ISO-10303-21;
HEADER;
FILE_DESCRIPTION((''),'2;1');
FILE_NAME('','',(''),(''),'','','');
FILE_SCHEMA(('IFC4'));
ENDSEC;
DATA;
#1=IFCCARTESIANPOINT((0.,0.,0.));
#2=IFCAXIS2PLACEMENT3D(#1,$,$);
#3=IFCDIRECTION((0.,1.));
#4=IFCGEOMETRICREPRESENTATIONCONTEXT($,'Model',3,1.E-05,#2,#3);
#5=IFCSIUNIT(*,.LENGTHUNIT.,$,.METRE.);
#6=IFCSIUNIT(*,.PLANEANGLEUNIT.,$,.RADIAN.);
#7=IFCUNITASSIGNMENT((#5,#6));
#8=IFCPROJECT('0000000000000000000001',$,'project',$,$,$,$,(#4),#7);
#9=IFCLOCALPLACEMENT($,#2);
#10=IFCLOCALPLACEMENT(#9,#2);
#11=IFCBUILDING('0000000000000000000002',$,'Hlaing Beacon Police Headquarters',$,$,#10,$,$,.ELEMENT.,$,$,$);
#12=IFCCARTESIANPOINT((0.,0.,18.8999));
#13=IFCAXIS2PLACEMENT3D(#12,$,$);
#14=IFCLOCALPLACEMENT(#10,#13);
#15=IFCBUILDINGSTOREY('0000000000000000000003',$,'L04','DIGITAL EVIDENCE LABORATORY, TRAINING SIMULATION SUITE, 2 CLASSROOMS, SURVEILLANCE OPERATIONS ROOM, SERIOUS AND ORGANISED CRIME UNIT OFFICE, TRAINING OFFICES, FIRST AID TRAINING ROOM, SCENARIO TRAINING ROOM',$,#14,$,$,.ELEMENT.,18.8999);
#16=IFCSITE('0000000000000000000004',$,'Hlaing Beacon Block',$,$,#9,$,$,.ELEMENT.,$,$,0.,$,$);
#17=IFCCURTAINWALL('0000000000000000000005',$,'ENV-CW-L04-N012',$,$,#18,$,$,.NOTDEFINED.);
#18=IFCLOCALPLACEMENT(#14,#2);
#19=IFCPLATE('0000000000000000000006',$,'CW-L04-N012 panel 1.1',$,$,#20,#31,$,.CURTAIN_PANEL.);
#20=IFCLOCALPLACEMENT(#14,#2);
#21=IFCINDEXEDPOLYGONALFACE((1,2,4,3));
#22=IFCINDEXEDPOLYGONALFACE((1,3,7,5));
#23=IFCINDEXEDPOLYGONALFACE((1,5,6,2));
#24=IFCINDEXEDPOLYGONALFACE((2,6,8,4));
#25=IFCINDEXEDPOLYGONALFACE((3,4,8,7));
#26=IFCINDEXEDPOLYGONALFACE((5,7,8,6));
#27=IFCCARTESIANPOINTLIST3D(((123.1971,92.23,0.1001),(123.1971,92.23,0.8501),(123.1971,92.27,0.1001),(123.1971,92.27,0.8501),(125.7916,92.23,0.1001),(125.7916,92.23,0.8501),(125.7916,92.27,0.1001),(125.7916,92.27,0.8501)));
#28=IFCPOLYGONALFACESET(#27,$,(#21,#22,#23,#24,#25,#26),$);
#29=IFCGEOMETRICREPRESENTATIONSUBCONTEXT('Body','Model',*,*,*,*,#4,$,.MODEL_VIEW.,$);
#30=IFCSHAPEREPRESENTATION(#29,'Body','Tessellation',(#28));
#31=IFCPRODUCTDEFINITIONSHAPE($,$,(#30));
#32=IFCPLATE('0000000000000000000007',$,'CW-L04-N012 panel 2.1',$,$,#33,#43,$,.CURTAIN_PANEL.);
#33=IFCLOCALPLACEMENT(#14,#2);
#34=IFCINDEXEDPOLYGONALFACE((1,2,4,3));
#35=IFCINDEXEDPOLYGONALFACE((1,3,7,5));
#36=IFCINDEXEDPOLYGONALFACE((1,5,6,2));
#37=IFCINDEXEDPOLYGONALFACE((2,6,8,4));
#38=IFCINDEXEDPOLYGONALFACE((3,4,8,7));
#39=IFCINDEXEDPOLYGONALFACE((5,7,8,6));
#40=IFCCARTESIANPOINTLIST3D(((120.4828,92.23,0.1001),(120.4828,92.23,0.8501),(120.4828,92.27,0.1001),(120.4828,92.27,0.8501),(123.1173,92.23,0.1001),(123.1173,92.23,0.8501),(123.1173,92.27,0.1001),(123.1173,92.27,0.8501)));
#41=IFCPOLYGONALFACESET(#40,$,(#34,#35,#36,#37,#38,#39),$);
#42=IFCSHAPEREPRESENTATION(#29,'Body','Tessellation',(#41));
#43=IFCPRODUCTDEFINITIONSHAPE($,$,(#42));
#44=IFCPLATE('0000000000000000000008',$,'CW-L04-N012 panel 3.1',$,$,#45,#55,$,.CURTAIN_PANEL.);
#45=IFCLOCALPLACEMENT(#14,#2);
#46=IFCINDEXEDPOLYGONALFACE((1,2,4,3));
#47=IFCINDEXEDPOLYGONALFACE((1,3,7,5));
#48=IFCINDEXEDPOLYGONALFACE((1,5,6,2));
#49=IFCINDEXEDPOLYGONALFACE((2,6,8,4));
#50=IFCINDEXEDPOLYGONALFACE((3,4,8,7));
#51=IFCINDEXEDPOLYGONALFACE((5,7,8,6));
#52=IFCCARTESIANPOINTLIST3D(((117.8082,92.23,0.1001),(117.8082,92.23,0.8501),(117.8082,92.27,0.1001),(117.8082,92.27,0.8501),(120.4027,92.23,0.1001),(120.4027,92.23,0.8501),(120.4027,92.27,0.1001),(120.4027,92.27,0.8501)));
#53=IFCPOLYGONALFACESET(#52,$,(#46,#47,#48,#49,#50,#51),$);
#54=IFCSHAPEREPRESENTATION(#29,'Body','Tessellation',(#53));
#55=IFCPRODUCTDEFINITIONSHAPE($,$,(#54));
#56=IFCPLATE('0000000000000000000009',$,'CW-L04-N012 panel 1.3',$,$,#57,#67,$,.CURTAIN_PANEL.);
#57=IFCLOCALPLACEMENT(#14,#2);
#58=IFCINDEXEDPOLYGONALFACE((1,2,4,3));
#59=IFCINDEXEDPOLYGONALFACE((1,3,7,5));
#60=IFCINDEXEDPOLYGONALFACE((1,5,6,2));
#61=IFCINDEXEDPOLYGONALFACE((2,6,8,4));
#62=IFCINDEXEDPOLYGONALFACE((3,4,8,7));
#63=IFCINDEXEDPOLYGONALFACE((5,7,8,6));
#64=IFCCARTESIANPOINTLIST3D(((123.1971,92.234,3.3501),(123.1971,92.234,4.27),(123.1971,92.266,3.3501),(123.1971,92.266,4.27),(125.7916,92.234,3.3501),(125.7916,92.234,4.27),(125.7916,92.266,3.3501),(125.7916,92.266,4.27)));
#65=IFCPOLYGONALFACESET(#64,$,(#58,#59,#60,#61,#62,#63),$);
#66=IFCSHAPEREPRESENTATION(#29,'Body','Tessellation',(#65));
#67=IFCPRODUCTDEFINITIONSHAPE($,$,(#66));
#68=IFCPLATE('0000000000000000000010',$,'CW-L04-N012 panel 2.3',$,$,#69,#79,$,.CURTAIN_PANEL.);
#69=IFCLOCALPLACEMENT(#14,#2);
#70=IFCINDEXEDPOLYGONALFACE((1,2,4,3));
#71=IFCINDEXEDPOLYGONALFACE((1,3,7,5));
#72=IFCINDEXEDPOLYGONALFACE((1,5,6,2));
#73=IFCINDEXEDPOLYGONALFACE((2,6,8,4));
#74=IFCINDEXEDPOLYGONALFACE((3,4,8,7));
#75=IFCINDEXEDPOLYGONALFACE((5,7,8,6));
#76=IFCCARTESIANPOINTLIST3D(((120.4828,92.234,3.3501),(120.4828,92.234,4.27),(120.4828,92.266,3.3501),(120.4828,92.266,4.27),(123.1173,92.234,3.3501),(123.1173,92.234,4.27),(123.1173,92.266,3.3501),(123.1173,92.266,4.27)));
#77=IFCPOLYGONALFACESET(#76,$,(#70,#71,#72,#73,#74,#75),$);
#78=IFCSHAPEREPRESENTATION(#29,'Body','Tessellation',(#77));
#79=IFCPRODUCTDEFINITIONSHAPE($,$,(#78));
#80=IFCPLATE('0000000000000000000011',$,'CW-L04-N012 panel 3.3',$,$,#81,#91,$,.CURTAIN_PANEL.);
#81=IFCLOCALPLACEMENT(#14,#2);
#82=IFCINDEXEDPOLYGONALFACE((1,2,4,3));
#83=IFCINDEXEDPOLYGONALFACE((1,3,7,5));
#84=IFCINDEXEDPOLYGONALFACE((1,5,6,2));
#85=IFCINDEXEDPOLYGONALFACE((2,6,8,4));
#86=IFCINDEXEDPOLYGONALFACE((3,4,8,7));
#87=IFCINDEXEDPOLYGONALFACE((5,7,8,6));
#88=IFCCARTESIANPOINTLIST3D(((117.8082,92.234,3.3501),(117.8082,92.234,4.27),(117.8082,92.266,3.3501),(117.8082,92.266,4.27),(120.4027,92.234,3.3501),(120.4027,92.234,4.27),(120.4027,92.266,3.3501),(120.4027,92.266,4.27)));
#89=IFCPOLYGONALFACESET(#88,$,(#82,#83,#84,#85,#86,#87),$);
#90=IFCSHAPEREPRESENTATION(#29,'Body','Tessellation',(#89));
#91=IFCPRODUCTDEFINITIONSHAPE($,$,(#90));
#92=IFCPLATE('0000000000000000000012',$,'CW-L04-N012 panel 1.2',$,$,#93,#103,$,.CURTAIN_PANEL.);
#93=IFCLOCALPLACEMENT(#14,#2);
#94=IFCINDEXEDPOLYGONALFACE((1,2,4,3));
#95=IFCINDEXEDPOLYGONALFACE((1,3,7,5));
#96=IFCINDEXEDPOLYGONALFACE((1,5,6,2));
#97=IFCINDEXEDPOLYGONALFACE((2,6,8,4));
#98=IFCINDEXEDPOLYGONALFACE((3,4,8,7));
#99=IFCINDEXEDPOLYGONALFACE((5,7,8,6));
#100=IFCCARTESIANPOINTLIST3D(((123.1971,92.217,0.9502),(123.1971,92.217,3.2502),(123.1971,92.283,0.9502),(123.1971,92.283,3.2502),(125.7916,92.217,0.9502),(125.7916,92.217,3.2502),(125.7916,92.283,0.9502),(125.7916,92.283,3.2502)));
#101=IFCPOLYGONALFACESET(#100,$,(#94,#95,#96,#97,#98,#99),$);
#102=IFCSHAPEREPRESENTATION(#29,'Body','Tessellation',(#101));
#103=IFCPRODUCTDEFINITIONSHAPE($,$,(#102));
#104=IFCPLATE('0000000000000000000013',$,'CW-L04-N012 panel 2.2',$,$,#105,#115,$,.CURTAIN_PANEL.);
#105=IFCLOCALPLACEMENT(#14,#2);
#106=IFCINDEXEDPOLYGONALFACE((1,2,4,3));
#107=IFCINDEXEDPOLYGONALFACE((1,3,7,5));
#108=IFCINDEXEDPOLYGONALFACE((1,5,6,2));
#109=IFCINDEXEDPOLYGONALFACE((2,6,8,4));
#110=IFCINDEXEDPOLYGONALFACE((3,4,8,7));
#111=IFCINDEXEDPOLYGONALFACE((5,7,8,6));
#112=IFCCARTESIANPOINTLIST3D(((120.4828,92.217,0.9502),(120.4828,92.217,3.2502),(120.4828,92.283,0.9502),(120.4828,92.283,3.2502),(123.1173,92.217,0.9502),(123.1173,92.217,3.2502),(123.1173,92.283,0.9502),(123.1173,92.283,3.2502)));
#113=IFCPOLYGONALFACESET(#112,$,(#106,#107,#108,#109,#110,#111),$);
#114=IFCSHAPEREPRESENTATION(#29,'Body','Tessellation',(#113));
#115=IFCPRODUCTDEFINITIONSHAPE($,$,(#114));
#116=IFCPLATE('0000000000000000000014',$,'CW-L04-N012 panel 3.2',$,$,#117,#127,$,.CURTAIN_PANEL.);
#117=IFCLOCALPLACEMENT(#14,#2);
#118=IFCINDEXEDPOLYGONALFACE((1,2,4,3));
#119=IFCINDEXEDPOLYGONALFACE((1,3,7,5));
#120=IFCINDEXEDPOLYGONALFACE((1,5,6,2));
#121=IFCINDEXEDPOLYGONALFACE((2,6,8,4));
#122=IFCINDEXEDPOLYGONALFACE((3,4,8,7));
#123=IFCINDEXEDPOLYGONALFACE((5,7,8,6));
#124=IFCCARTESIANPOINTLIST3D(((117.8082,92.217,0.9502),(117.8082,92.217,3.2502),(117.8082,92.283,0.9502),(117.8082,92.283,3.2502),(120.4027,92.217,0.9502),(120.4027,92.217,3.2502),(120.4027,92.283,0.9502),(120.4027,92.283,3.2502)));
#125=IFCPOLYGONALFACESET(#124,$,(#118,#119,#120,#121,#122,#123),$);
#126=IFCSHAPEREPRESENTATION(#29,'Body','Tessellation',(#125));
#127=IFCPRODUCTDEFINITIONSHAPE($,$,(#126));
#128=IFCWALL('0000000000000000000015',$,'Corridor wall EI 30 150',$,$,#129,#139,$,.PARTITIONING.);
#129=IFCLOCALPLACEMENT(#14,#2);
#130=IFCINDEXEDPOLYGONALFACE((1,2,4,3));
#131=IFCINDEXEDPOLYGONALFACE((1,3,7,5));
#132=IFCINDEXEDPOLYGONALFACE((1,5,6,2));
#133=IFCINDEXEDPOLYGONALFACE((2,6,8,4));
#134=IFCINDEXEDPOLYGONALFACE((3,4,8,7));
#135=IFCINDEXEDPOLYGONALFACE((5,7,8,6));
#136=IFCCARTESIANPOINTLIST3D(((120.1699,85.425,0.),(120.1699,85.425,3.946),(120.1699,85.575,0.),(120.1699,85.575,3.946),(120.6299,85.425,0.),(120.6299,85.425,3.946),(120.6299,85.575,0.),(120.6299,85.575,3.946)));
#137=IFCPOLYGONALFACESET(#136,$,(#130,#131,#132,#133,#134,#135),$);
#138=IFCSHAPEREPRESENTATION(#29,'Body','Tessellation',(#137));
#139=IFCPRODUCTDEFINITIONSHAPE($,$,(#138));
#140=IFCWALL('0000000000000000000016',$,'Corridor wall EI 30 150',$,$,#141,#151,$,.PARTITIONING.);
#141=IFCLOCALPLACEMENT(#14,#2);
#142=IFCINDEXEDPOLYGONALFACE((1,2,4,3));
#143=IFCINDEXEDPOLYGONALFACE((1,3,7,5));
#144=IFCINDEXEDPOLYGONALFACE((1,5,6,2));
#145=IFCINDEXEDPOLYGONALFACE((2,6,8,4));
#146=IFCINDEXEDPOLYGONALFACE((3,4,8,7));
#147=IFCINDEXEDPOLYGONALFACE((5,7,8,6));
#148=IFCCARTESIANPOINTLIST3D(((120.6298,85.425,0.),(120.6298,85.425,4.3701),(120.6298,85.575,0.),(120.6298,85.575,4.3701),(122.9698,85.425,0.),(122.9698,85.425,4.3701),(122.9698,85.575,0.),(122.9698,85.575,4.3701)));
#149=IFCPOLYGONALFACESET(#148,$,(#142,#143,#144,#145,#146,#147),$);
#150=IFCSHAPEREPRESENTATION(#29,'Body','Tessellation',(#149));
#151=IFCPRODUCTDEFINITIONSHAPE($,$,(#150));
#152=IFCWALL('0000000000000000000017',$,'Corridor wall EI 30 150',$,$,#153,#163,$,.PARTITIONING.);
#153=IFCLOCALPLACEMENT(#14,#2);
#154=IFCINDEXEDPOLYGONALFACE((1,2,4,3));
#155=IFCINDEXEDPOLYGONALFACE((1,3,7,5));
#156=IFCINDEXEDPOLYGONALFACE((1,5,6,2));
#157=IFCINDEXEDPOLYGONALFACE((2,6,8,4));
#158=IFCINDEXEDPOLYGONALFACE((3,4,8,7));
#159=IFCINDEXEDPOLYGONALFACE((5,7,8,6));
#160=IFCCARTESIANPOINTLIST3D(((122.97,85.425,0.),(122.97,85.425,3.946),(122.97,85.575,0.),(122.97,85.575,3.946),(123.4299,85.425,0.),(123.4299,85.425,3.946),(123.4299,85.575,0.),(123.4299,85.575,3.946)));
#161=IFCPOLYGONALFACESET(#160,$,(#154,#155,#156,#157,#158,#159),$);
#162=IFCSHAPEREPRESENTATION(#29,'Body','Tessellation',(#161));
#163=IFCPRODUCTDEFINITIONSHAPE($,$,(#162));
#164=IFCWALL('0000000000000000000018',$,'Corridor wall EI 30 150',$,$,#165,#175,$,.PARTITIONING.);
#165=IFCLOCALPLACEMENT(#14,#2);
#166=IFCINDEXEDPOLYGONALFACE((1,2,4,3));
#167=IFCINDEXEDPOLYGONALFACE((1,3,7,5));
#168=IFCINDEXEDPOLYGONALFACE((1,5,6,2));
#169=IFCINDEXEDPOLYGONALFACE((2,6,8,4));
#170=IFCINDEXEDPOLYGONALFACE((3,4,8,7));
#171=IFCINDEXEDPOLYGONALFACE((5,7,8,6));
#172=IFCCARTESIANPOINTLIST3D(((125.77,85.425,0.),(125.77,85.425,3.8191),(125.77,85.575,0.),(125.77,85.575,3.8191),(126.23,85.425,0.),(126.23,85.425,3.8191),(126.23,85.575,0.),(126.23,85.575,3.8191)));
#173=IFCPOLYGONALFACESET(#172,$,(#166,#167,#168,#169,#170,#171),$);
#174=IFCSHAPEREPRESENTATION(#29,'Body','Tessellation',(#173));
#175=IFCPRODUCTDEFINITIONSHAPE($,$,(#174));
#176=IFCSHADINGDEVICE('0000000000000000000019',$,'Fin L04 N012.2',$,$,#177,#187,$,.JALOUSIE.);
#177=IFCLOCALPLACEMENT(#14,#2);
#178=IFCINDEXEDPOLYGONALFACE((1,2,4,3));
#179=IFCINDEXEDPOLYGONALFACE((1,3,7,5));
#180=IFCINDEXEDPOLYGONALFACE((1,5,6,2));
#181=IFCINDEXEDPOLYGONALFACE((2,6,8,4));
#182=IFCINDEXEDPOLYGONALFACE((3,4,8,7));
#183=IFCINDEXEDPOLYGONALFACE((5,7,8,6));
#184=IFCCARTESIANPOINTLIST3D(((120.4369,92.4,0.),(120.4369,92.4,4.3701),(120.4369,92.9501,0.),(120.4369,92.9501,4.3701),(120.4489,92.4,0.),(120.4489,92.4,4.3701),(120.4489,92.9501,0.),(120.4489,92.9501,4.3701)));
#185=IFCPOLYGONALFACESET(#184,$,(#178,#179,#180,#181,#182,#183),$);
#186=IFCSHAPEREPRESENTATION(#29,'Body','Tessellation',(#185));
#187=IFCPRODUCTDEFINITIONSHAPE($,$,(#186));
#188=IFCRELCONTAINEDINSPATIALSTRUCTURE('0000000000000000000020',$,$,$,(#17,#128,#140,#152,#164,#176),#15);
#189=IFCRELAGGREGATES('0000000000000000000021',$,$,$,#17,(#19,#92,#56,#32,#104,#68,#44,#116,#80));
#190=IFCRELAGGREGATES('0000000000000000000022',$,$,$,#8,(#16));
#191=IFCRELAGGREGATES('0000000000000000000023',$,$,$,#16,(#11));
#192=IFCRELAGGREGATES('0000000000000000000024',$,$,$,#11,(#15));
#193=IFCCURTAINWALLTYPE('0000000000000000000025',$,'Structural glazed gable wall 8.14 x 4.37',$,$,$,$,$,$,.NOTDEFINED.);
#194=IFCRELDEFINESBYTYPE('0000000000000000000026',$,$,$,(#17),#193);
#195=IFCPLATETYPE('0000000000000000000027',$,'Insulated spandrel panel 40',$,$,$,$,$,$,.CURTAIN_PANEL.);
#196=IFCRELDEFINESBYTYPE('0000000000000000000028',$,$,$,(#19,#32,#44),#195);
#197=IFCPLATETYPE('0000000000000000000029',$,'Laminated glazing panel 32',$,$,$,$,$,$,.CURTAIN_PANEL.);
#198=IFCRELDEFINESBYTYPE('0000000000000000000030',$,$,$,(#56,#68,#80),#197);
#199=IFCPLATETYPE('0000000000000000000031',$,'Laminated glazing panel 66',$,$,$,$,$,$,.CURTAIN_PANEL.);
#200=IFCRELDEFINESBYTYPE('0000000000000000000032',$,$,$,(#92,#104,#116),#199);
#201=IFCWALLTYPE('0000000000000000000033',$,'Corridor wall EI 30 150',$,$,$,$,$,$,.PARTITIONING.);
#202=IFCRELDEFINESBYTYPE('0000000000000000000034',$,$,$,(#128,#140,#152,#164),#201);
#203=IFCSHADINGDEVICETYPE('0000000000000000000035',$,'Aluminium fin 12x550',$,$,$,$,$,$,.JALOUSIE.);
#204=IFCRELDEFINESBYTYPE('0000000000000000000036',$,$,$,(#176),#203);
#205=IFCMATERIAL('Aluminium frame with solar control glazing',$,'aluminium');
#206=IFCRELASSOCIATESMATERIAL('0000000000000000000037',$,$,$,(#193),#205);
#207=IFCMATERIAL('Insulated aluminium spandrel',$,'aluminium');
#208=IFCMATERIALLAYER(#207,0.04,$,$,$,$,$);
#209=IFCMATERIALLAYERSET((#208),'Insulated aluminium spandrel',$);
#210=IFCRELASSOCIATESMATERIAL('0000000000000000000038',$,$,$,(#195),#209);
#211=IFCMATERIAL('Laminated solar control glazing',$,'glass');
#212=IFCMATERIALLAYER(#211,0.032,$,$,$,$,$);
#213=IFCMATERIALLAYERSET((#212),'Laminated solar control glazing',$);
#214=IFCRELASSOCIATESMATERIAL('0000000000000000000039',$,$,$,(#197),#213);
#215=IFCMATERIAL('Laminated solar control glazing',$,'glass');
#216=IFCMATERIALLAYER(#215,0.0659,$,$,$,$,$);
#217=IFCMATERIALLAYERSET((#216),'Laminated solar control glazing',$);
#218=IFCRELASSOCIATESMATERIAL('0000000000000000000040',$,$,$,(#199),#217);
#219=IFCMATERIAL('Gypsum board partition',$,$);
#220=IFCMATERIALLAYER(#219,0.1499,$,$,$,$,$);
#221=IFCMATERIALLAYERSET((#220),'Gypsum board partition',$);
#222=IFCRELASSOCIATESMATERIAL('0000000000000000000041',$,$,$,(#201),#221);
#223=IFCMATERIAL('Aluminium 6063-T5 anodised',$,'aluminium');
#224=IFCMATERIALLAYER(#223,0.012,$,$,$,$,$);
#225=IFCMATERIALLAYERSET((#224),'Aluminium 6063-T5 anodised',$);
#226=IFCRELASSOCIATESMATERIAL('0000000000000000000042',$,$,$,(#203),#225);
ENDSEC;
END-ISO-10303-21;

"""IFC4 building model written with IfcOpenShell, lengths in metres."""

from ifc_helpers import new_model, si_unit, direction, frame, frame_2d, origin, origin_2d, place, context, subcontext, project, spatial, rectangle, extrude, material, layer, layer_set, type_object, element, aggregate, save


model = new_model("IFC4")

# Units and contexts
model_context = context("Model", 3, precision=1e-05, world=origin(), true_north=direction((0.0, 1.0)))
body_context = subcontext(model_context, "Body", "Model", "MODEL_VIEW")
ifc_project = project(units=[si_unit("LENGTHUNIT", "METRE"), si_unit("PLANEANGLEUNIT", "RADIAN")], contexts=[model_context])

# Site, building, storey
site_placement = place(None, origin())
site = spatial("IfcSite", under=ifc_project, at=site_placement, Name="Hlaing Beacon Block", CompositionType="ELEMENT", RefElevation=0.0)
building_placement = place(site_placement, origin())
building = spatial("IfcBuilding", under=site, at=building_placement, Name="Hlaing Beacon Police Headquarters", CompositionType="ELEMENT")
storey_placement = place(building_placement, frame((0.0, 0.0, 18.8999)))
storey = spatial("IfcBuildingStorey", under=building, at=storey_placement, Name="L04", Description="DIGITAL EVIDENCE LABORATORY, TRAINING SIMULATION SUITE, 2 CLASSROOMS, SURVEILLANCE OPERATIONS ROOM, SERIOUS AND ORGANISED CRIME UNIT OFFICE, TRAINING OFFICES, FIRST AID TRAINING ROOM, SCENARIO TRAINING ROOM", CompositionType="ELEMENT", Elevation=18.8999)

# Curtain wall, plates
ifc_material_1 = material(Name="Aluminium frame with solar control glazing", Category="aluminium")
curtain_wall_type = type_object("IfcCurtainWallType", Name="Structural glazed gable wall 8.14 x 4.37", PredefinedType="NOTDEFINED", material=ifc_material_1)
curtain_wall_placement = place(storey_placement, origin())
curtain_wall = element("IfcCurtainWall", 1, at=curtain_wall_placement, inside=storey, type_object=curtain_wall_type, Name="ENV-CW-L04-N012", PredefinedType="NOTDEFINED")
ifc_material_2 = material(Name="Insulated aluminium spandrel", Category="aluminium")
ifc_layer_1 = layer(ifc_material_2, 0.04)
ifc_layer_set_1 = layer_set([ifc_layer_1], Name="Insulated aluminium spandrel")
plate_type_1 = type_object("IfcPlateType", Name="Insulated spandrel panel 40", PredefinedType="CURTAIN_PANEL", material=ifc_layer_set_1)
plate_1_placement = place(storey_placement, frame((124.4944, 92.25, 0.1001), z_axis=(0.0, 0.0, 1.0), x_axis=(-1.0, 0.0, 0.0)))
plate_1 = element("IfcPlate", 2, at=plate_1_placement, type_object=plate_type_1, Name="CW-L04-N012 panel 1.1", PredefinedType="CURTAIN_PANEL", context=body_context, shape_type="SweptSolid", body=[
    extrude(rectangle(XDim=2.5945, YDim=0.04, at=origin_2d()), origin(), (0.0, 0.0, 1.0), 0.75),
])
plate_2_placement = place(storey_placement, frame((121.8, 92.25, 0.1001), z_axis=(0.0, 0.0, 1.0), x_axis=(-1.0, 0.0, 0.0)))
plate_2 = element("IfcPlate", 3, at=plate_2_placement, type_object=plate_type_1, Name="CW-L04-N012 panel 2.1", PredefinedType="CURTAIN_PANEL", context=body_context, shape_type="SweptSolid", body=[
    extrude(rectangle(XDim=2.6345, YDim=0.04, at=origin_2d()), origin(), (0.0, 0.0, 1.0), 0.75),
])
plate_3_placement = place(storey_placement, frame((119.1055, 92.25, 0.1001), z_axis=(0.0, 0.0, 1.0), x_axis=(-1.0, 0.0, 0.0)))
plate_3 = element("IfcPlate", 4, at=plate_3_placement, type_object=plate_type_1, Name="CW-L04-N012 panel 3.1", PredefinedType="CURTAIN_PANEL", context=body_context, shape_type="SweptSolid", body=[
    extrude(rectangle(XDim=2.5945, YDim=0.04, at=origin_2d()), origin(), (0.0, 0.0, 1.0), 0.75),
])
ifc_material_3 = material(Name="Laminated solar control glazing", Category="glass")
ifc_layer_2 = layer(ifc_material_3, 0.032)
ifc_layer_set_2 = layer_set([ifc_layer_2], Name="Laminated solar control glazing")
plate_type_2 = type_object("IfcPlateType", Name="Laminated glazing panel 32", PredefinedType="CURTAIN_PANEL", material=ifc_layer_set_2)
plate_4_placement = place(storey_placement, frame((124.4944, 92.25, 3.3501), z_axis=(0.0, 0.0, 1.0), x_axis=(-1.0, 0.0, 0.0)))
plate_4 = element("IfcPlate", 5, at=plate_4_placement, type_object=plate_type_2, Name="CW-L04-N012 panel 1.3", PredefinedType="CURTAIN_PANEL", context=body_context, shape_type="SweptSolid", body=[
    extrude(rectangle(XDim=2.5945, YDim=0.032, at=origin_2d()), origin(), (0.0, 0.0, 1.0), 0.9199),
])
plate_5_placement = place(storey_placement, frame((121.8, 92.25, 3.3501), z_axis=(0.0, 0.0, 1.0), x_axis=(-1.0, 0.0, 0.0)))
plate_5 = element("IfcPlate", 6, at=plate_5_placement, type_object=plate_type_2, Name="CW-L04-N012 panel 2.3", PredefinedType="CURTAIN_PANEL", context=body_context, shape_type="SweptSolid", body=[
    extrude(rectangle(XDim=2.6345, YDim=0.032, at=origin_2d()), origin(), (0.0, 0.0, 1.0), 0.9199),
])
plate_6_placement = place(storey_placement, frame((119.1055, 92.25, 3.3501), z_axis=(0.0, 0.0, 1.0), x_axis=(-1.0, 0.0, 0.0)))
plate_6 = element("IfcPlate", 7, at=plate_6_placement, type_object=plate_type_2, Name="CW-L04-N012 panel 3.3", PredefinedType="CURTAIN_PANEL", context=body_context, shape_type="SweptSolid", body=[
    extrude(rectangle(XDim=2.5945, YDim=0.032, at=origin_2d()), origin(), (0.0, 0.0, 1.0), 0.9199),
])
ifc_material_4 = material(Name="Laminated solar control glazing", Category="glass")
ifc_layer_3 = layer(ifc_material_4, 0.0659)
ifc_layer_set_3 = layer_set([ifc_layer_3], Name="Laminated solar control glazing")
plate_type_3 = type_object("IfcPlateType", Name="Laminated glazing panel 66", PredefinedType="CURTAIN_PANEL", material=ifc_layer_set_3)
plate_7_placement = place(storey_placement, frame((124.4944, 92.25, 0.9502), z_axis=(0.0, 0.0, 1.0), x_axis=(-1.0, 0.0, 0.0)))
plate_7 = element("IfcPlate", 8, at=plate_7_placement, type_object=plate_type_3, Name="CW-L04-N012 panel 1.2", PredefinedType="CURTAIN_PANEL", context=body_context, shape_type="SweptSolid", body=[
    extrude(rectangle(XDim=2.5945, YDim=0.0659, at=origin_2d()), origin(), (0.0, 0.0, 1.0), 2.3),
])
plate_8_placement = place(storey_placement, frame((121.8, 92.25, 0.9502), z_axis=(0.0, 0.0, 1.0), x_axis=(-1.0, 0.0, 0.0)))
plate_8 = element("IfcPlate", 9, at=plate_8_placement, type_object=plate_type_3, Name="CW-L04-N012 panel 2.2", PredefinedType="CURTAIN_PANEL", context=body_context, shape_type="SweptSolid", body=[
    extrude(rectangle(XDim=2.6345, YDim=0.0659, at=origin_2d()), origin(), (0.0, 0.0, 1.0), 2.3),
])
plate_9_placement = place(storey_placement, frame((119.1055, 92.25, 0.9502), z_axis=(0.0, 0.0, 1.0), x_axis=(-1.0, 0.0, 0.0)))
plate_9 = element("IfcPlate", 10, at=plate_9_placement, type_object=plate_type_3, Name="CW-L04-N012 panel 3.2", PredefinedType="CURTAIN_PANEL", context=body_context, shape_type="SweptSolid", body=[
    extrude(rectangle(XDim=2.5945, YDim=0.0659, at=origin_2d()), origin(), (0.0, 0.0, 1.0), 2.3),
])
aggregate(curtain_wall, [plate_1, plate_7, plate_4, plate_2, plate_8, plate_5, plate_3, plate_9, plate_6])

# Shared definitions
ifc_material_5 = material(Name="Gypsum board partition")
ifc_layer_4 = layer(ifc_material_5, 0.1499)
ifc_layer_set_4 = layer_set([ifc_layer_4], Name="Gypsum board partition")
wall_type = type_object("IfcWallType", Name="Corridor wall EI 30 150", PredefinedType="PARTITIONING", material=ifc_layer_set_4)

# Walls
wall_1_placement = place(storey_placement, frame((120.1699, 85.5, 0.0), z_axis=(0.0, 0.0, 1.0), x_axis=(1.0, 0.0, 0.0)))
element("IfcWall", 11, at=wall_1_placement, inside=storey, type_object=wall_type, Name="Corridor wall EI 30 150", PredefinedType="PARTITIONING", context=body_context, shape_type="SweptSolid", body=[
    extrude(rectangle(XDim=0.46, YDim=0.1499, at=frame_2d((0.23, 0.0))), origin(), (0.0, 0.0, 1.0), 3.946),
])
wall_2_placement = place(storey_placement, frame((120.6299, 85.5, 0.0), z_axis=(0.0, 0.0, 1.0), x_axis=(1.0, 0.0, 0.0)))
element("IfcWall", 12, at=wall_2_placement, inside=storey, type_object=wall_type, Name="Corridor wall EI 30 150", PredefinedType="PARTITIONING", context=body_context, shape_type="SweptSolid", body=[
    extrude(rectangle(XDim=2.3401, YDim=0.1499, at=frame_2d((1.1699, 0.0))), origin(), (0.0, 0.0, 1.0), 4.3701),
])
wall_3_placement = place(storey_placement, frame((122.97, 85.5, 0.0), z_axis=(0.0, 0.0, 1.0), x_axis=(1.0, 0.0, 0.0)))
element("IfcWall", 13, at=wall_3_placement, inside=storey, type_object=wall_type, Name="Corridor wall EI 30 150", PredefinedType="PARTITIONING", context=body_context, shape_type="SweptSolid", body=[
    extrude(rectangle(XDim=0.46, YDim=0.1499, at=frame_2d((0.23, 0.0))), origin(), (0.0, 0.0, 1.0), 3.946),
])

# Wall
wall_4_placement = place(storey_placement, frame((125.77, 85.5, 0.0), z_axis=(0.0, 0.0, 1.0), x_axis=(1.0, 0.0, 0.0)))
element("IfcWall", 14, at=wall_4_placement, inside=storey, type_object=wall_type, Name="Corridor wall EI 30 150", PredefinedType="PARTITIONING", context=body_context, shape_type="SweptSolid", body=[
    extrude(rectangle(XDim=0.46, YDim=0.1499, at=frame_2d((0.23, 0.0))), origin(), (0.0, 0.0, 1.0), 3.8191),
])

# Shading device
ifc_material_6 = material(Name="Aluminium 6063-T5 anodised", Category="aluminium")
ifc_layer_5 = layer(ifc_material_6, 0.012)
ifc_layer_set_5 = layer_set([ifc_layer_5], Name="Aluminium 6063-T5 anodised")
shading_device_type = type_object("IfcShadingDeviceType", Name="Aluminium fin 12x550", PredefinedType="JALOUSIE", material=ifc_layer_set_5)
shading_device_placement = place(storey_placement, frame((120.4429, 92.675, 0.0), z_axis=(0.0, 0.0, 1.0), x_axis=(-1.0, 0.0, 0.0)))
element("IfcShadingDevice", 15, at=shading_device_placement, inside=storey, type_object=shading_device_type, Name="Fin L04 N012.2", PredefinedType="JALOUSIE", context=body_context, shape_type="SweptSolid", body=[
    extrude(rectangle(XDim=0.012, YDim=0.55, at=origin_2d()), origin(), (0.0, 0.0, 1.0), 4.3701),
])

save(model, "model.ifc")
